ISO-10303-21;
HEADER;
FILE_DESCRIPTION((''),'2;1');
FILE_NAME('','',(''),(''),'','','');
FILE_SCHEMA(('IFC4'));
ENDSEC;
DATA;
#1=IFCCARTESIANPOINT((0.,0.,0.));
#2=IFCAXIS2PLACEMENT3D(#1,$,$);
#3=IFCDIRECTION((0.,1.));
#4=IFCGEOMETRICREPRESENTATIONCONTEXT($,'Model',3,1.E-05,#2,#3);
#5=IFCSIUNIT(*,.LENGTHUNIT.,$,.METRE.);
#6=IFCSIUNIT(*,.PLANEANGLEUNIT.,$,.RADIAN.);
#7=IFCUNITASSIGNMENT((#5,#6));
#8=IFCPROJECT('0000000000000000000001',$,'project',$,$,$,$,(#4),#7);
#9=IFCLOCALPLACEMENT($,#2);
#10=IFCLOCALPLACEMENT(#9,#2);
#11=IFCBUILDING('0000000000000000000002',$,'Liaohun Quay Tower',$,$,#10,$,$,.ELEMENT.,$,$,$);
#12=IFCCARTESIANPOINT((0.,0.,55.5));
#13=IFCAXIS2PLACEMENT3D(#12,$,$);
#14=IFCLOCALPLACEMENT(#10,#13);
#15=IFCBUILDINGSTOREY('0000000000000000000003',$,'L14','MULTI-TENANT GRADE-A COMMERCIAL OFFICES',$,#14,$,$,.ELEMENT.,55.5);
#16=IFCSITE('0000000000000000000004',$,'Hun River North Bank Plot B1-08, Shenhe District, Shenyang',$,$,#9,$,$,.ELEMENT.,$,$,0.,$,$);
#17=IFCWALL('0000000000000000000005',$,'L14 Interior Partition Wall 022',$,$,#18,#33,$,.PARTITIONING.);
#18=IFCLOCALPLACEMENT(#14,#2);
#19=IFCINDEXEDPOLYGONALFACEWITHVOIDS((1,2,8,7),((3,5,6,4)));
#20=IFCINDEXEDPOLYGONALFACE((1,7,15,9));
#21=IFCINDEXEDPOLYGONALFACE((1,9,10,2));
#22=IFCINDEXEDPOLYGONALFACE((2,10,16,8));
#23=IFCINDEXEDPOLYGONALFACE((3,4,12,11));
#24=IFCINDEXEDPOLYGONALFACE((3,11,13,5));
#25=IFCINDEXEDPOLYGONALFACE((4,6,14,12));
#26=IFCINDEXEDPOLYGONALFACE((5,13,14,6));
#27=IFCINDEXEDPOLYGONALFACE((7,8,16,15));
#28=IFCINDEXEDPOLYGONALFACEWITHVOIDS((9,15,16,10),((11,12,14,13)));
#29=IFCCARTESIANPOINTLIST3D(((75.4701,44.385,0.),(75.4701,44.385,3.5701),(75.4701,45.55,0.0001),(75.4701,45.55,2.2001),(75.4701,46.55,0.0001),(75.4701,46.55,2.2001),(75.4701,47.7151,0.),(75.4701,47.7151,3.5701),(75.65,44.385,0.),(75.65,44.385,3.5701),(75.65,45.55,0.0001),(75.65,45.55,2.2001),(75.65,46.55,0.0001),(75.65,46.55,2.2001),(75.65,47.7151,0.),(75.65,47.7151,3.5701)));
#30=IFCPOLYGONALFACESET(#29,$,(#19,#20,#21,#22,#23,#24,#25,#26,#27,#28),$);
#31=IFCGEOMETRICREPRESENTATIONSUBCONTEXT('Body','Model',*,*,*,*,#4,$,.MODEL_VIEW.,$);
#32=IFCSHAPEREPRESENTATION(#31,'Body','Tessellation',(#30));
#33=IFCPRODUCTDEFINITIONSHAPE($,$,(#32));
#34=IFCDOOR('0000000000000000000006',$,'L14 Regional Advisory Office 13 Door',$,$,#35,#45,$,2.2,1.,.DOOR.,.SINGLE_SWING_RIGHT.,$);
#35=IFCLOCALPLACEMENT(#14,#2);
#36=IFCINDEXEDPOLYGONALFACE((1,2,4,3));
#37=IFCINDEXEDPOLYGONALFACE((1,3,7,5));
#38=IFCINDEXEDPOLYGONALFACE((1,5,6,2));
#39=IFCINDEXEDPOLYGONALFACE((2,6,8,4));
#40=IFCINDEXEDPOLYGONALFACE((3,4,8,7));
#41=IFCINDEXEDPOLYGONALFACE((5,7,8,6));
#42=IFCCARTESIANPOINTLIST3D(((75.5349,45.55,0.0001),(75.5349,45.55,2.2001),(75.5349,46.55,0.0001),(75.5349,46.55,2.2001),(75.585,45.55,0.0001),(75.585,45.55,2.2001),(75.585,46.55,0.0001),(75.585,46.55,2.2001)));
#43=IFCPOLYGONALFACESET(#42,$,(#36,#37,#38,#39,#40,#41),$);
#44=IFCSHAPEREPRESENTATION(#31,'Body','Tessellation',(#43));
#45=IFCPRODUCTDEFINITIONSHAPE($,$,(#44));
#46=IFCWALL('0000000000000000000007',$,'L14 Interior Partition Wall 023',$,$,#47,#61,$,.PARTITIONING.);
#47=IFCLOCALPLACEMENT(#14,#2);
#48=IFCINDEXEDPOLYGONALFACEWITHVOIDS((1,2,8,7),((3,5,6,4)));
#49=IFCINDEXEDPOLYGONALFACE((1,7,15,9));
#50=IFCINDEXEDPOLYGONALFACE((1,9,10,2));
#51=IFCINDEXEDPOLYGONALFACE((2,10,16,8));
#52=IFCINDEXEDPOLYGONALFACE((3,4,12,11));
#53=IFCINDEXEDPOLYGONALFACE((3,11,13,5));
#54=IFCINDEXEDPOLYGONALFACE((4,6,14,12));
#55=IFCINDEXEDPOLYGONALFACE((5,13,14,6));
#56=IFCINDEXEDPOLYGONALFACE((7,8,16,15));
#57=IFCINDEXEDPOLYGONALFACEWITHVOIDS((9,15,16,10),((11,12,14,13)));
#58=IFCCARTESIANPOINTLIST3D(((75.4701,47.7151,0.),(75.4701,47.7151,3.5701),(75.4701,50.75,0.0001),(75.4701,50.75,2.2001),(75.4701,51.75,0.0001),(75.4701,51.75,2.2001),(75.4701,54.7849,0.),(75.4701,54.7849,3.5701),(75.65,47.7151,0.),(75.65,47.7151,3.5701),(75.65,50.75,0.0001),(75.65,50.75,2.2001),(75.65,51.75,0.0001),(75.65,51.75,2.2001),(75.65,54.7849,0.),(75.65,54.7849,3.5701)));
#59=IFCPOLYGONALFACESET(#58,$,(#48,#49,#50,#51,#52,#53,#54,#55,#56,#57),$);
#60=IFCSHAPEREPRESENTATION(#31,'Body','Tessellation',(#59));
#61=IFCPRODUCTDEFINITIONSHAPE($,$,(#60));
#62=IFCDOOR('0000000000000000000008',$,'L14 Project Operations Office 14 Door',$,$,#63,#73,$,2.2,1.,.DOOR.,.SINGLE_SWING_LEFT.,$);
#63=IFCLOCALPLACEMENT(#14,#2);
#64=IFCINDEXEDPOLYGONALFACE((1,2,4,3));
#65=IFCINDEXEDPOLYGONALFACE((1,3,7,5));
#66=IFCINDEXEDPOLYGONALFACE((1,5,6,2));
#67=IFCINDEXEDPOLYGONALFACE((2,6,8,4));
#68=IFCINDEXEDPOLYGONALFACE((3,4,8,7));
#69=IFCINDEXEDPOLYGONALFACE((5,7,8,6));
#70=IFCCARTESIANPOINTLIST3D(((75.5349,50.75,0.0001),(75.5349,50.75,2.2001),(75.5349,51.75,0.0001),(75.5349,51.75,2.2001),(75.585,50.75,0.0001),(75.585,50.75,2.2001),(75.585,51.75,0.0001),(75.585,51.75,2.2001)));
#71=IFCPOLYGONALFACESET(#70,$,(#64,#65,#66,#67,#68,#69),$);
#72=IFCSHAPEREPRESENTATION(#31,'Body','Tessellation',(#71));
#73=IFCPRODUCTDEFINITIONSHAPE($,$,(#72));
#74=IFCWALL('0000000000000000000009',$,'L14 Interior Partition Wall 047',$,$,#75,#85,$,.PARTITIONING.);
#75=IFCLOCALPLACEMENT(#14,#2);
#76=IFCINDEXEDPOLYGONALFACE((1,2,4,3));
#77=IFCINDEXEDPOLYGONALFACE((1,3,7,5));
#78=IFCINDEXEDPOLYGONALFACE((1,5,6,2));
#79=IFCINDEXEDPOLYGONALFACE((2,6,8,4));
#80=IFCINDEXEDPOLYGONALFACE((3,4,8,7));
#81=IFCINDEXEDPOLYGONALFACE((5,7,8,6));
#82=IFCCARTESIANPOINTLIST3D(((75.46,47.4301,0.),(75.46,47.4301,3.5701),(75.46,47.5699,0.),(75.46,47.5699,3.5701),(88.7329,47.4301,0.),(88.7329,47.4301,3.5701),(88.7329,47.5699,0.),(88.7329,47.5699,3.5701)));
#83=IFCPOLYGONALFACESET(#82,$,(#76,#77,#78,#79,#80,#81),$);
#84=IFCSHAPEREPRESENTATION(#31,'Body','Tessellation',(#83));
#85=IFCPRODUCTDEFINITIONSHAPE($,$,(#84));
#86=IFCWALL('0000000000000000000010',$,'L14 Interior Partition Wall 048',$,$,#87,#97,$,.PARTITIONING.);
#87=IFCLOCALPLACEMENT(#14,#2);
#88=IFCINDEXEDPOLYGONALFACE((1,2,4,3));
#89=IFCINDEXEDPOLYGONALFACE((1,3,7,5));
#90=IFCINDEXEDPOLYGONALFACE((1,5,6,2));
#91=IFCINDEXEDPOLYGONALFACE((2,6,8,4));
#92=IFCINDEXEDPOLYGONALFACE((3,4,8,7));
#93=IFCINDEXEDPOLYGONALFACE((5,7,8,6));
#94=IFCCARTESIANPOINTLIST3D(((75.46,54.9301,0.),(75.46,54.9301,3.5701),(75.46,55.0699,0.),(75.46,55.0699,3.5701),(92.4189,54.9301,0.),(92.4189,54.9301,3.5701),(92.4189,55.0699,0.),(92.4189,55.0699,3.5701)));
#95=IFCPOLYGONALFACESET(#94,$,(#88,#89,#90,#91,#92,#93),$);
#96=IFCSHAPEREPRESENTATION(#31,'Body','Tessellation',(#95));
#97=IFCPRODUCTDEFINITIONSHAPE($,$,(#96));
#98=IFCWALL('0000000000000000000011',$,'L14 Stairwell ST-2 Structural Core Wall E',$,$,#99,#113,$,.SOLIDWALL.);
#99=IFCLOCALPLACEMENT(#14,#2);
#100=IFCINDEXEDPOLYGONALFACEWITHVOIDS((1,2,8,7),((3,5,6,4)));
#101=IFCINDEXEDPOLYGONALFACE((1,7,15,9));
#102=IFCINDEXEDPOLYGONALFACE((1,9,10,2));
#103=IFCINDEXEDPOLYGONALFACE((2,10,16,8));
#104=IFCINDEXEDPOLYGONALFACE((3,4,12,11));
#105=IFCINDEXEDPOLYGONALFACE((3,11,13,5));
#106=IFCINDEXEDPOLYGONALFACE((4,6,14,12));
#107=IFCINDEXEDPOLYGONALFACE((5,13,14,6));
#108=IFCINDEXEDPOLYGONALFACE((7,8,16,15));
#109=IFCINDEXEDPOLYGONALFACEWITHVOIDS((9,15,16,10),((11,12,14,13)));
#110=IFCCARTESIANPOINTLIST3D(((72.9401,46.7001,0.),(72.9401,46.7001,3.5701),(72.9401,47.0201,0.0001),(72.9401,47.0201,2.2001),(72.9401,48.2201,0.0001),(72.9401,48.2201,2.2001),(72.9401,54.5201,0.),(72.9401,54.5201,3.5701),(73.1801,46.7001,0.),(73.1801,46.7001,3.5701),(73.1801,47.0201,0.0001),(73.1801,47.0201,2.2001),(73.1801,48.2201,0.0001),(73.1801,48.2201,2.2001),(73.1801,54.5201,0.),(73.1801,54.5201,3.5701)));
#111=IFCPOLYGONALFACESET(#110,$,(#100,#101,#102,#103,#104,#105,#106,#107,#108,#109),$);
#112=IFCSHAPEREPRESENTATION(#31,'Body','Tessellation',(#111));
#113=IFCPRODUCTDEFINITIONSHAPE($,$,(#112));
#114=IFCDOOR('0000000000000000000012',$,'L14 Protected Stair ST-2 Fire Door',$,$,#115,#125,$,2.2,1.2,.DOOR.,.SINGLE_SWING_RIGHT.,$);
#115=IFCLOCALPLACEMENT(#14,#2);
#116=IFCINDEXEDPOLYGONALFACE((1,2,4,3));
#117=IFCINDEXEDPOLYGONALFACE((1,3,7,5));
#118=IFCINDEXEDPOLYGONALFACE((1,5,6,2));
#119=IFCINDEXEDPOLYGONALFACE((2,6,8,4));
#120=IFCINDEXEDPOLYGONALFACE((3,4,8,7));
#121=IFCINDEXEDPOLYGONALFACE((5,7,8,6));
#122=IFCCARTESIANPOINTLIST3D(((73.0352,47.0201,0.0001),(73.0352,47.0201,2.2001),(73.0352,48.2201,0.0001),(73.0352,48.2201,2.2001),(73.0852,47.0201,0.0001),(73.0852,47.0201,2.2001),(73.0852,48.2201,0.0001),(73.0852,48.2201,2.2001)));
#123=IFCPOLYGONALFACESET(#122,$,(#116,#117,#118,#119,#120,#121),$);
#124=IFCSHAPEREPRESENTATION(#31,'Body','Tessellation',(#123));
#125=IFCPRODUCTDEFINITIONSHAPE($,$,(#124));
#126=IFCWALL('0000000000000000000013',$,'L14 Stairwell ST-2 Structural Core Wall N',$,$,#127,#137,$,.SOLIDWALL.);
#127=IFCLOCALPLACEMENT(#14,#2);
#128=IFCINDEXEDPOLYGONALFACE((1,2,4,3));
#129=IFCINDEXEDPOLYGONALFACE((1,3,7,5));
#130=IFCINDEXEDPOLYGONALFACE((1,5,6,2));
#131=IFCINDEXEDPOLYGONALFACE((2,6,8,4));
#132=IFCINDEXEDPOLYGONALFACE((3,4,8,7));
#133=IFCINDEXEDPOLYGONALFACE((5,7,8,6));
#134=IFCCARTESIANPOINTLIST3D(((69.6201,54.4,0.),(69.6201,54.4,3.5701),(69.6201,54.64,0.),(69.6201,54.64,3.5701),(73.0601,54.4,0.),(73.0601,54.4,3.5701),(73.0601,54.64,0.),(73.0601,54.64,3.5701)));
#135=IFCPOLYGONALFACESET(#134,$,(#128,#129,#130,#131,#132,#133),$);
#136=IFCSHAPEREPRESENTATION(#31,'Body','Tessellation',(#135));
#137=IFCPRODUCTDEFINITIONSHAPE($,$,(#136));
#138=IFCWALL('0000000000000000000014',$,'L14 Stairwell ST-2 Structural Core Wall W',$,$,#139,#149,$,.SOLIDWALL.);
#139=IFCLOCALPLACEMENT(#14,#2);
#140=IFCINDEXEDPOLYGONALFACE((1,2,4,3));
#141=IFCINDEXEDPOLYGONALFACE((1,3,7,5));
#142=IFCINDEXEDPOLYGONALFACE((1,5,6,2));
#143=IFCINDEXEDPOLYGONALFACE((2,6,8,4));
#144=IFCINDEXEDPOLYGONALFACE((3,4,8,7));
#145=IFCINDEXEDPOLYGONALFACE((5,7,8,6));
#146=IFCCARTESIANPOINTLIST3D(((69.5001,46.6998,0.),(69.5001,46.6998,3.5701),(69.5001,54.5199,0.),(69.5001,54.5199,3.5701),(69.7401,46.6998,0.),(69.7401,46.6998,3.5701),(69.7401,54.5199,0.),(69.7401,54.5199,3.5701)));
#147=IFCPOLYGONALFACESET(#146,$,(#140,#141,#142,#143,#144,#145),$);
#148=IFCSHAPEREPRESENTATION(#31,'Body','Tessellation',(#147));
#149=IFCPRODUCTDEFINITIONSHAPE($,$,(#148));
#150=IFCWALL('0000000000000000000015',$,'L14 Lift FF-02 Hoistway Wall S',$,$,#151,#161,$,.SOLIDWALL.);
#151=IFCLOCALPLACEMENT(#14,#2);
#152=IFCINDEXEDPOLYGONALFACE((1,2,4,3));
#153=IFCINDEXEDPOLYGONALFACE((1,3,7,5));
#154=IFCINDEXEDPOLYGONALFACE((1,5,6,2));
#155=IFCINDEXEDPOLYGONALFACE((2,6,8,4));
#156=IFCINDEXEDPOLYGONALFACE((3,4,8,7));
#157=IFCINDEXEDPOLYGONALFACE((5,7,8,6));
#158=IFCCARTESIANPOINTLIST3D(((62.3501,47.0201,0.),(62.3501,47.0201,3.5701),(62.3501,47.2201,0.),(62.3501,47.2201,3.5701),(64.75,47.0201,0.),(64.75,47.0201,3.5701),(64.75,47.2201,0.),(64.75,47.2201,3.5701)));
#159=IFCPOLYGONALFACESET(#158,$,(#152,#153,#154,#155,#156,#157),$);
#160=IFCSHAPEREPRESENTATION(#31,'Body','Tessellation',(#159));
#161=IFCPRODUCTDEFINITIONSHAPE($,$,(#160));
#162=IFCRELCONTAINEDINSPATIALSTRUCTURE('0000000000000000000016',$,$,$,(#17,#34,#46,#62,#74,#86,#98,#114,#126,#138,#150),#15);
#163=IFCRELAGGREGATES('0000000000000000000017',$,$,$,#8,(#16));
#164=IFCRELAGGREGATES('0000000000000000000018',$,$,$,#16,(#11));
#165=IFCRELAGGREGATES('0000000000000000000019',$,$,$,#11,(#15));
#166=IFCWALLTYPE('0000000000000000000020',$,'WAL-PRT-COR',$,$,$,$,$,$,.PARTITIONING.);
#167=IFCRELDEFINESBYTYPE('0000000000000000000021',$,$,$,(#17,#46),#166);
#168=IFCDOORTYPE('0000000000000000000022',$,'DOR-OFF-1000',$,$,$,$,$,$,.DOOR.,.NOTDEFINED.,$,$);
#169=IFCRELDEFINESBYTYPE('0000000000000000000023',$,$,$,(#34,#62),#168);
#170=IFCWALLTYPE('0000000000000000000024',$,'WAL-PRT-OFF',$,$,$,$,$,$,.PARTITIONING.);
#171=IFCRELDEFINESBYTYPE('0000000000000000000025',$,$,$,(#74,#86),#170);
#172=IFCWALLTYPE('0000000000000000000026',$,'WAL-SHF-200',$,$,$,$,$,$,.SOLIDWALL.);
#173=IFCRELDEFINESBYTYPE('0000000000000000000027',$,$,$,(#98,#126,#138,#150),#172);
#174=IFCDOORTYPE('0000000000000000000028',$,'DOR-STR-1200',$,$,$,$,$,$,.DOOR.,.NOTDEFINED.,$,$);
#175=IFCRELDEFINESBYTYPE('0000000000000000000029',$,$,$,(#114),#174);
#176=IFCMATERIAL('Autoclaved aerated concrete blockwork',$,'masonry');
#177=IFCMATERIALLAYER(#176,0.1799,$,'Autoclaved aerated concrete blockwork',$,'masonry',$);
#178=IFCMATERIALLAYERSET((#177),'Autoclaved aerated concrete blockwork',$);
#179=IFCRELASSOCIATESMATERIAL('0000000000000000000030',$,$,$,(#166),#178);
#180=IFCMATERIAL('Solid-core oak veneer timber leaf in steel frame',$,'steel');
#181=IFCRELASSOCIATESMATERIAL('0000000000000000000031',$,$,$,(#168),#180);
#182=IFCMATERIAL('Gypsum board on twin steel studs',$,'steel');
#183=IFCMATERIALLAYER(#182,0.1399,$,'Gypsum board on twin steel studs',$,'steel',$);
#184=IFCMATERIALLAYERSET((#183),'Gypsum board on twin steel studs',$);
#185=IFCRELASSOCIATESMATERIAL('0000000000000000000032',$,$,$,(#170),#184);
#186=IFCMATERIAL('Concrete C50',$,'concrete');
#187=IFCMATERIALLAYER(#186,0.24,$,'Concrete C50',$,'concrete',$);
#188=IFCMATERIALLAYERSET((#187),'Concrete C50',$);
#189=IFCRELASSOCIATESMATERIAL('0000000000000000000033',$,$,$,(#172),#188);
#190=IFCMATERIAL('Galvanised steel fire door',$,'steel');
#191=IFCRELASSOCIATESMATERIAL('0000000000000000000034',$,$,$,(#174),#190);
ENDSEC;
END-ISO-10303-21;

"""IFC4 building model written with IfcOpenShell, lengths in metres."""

from ifc_helpers import new_model, si_unit, direction, frame, frame_2d, origin, place, context, subcontext, project, spatial, rectangle, extrude, source, transform, mapped, material, layer, layer_set, type_object, element, fill, save


model = new_model("IFC4")

# Units and contexts
model_context = context("Model", 3, precision=1e-05, world=origin(), true_north=direction((0.0, 1.0)))
body_context = subcontext(model_context, "Body", "Model", "MODEL_VIEW")
ifc_project = project(units=[si_unit("LENGTHUNIT", "METRE"), si_unit("PLANEANGLEUNIT", "RADIAN")], contexts=[model_context])

# Site, building, storey
site_placement = place(None, origin())
site = spatial("IfcSite", under=ifc_project, at=site_placement, Name="Hun River North Bank Plot B1-08, Shenhe District, Shenyang", CompositionType="ELEMENT", RefElevation=0.0)
building_placement = place(site_placement, origin())
building = spatial("IfcBuilding", under=site, at=building_placement, Name="Liaohun Quay Tower", CompositionType="ELEMENT")
storey_placement = place(building_placement, frame((0.0, 0.0, 55.5)))
storey = spatial("IfcBuildingStorey", under=building, at=storey_placement, Name="L14", Description="MULTI-TENANT GRADE-A COMMERCIAL OFFICES", CompositionType="ELEMENT", Elevation=55.5)

# Walls, openings, doors
ifc_material_1 = material(Name="Autoclaved aerated concrete blockwork", Category="masonry")
ifc_layer_1 = layer(ifc_material_1, 0.1799, Name="Autoclaved aerated concrete blockwork", Category="masonry")
ifc_layer_set_1 = layer_set([ifc_layer_1], Name="Autoclaved aerated concrete blockwork")
wall_type_1 = type_object("IfcWallType", Name="WAL-PRT-COR", PredefinedType="PARTITIONING", material=ifc_layer_set_1)
wall_1_placement = place(storey_placement, frame((75.5601, 47.7151, 0.0), z_axis=(0.0, 0.0, 1.0), x_axis=(0.0, -1.0, 0.0)))
wall_1 = element("IfcWall", 1, at=wall_1_placement, inside=storey, type_object=wall_type_1, Name="L14 Interior Partition Wall 022", PredefinedType="PARTITIONING", context=body_context, shape_type="SweptSolid", body=[
    extrude(rectangle(XDim=3.3301, YDim=0.1799, at=frame_2d((1.665, 0.0))), origin(), (0.0, 0.0, 1.0), 3.5701),
])
shared_shape_1 = source(origin(), body_context, "Body", "SweptSolid", [
    extrude(rectangle(XDim=1.0, YDim=2.2, at=frame_2d((0.5, 1.1001))), frame((0.0, 0.0999, 0.0), z_axis=(0.0, -1.0, 0.0), x_axis=(1.0, 0.0, 0.0)), (0.0, 0.0, 1.0), 0.2),
])
opening_1_placement = place(wall_1_placement, frame((1.165, 0.0, 0.0)))
opening_1 = element("IfcOpeningElement", 2, at=opening_1_placement, cuts=wall_1, PredefinedType="OPENING", context=body_context, shape_type="MappedRepresentation", body=[
    mapped(shared_shape_1, transform((0.0, 0.0, 0.0), x_axis=(1.0, 0.0, 0.0), y_axis=(0.0, 1.0, 0.0), z_axis=(0.0, 0.0, 1.0), scale=1.0)),
])
ifc_material_2 = material(Name="Solid-core oak veneer timber leaf in steel frame", Category="steel")
door_type_1 = type_object("IfcDoorType", Name="DOR-OFF-1000", OperationType="NOTDEFINED", PredefinedType="DOOR", material=ifc_material_2)
shared_shape_2 = source(origin(), body_context, "Body", "SweptSolid", [
    extrude(rectangle(XDim=1.0, YDim=2.2, at=frame_2d((0.5, 1.1001))), frame((0.0, 0.0249, 0.0), z_axis=(0.0, -1.0, 0.0), x_axis=(1.0, 0.0, 0.0)), (0.0, 0.0, 1.0), 0.05),
])
door_1_placement = place(opening_1_placement, origin())
door_1 = element("IfcDoor", 3, at=door_1_placement, inside=storey, type_object=door_type_1, Name="L14 Regional Advisory Office 13 Door", OperationType="SINGLE_SWING_RIGHT", OverallHeight=2.2, OverallWidth=1.0, PredefinedType="DOOR", context=body_context, shape_type="MappedRepresentation", body=[
    mapped(shared_shape_2, transform((0.0, 0.0, 0.0), x_axis=(1.0, 0.0, 0.0), y_axis=(0.0, 1.0, 0.0), z_axis=(0.0, 0.0, 1.0), scale=1.0)),
])
fill(opening_1, door_1)
wall_2_placement = place(storey_placement, frame((75.5601, 54.7849, 0.0), z_axis=(0.0, 0.0, 1.0), x_axis=(0.0, -1.0, 0.0)))
wall_2 = element("IfcWall", 4, at=wall_2_placement, inside=storey, type_object=wall_type_1, Name="L14 Interior Partition Wall 023", PredefinedType="PARTITIONING", context=body_context, shape_type="SweptSolid", body=[
    extrude(rectangle(XDim=7.0698, YDim=0.1799, at=frame_2d((3.5349, 0.0))), origin(), (0.0, 0.0, 1.0), 3.5701),
])
opening_2_placement = place(wall_2_placement, frame((3.0349, 0.0, 0.0)))
opening_2 = element("IfcOpeningElement", 5, at=opening_2_placement, cuts=wall_2, PredefinedType="OPENING", context=body_context, shape_type="MappedRepresentation", body=[
    mapped(shared_shape_1, transform((0.0, 0.0, 0.0), x_axis=(1.0, 0.0, 0.0), y_axis=(0.0, 1.0, 0.0), z_axis=(0.0, 0.0, 1.0), scale=1.0)),
])
door_2_placement = place(opening_2_placement, origin())
door_2 = element("IfcDoor", 6, at=door_2_placement, inside=storey, type_object=door_type_1, Name="L14 Project Operations Office 14 Door", OperationType="SINGLE_SWING_LEFT", OverallHeight=2.2, OverallWidth=1.0, PredefinedType="DOOR", context=body_context, shape_type="MappedRepresentation", body=[
    mapped(shared_shape_2, transform((0.0, 0.0, 0.0), x_axis=(1.0, 0.0, 0.0), y_axis=(0.0, 1.0, 0.0), z_axis=(0.0, 0.0, 1.0), scale=1.0)),
])
fill(opening_2, door_2)

# Walls
ifc_material_3 = material(Name="Gypsum board on twin steel studs", Category="steel")
ifc_layer_2 = layer(ifc_material_3, 0.1399, Name="Gypsum board on twin steel studs", Category="steel")
ifc_layer_set_2 = layer_set([ifc_layer_2], Name="Gypsum board on twin steel studs")
wall_type_2 = type_object("IfcWallType", Name="WAL-PRT-OFF", PredefinedType="PARTITIONING", material=ifc_layer_set_2)
wall_3_placement = place(storey_placement, frame((75.46, 47.5, 0.0), z_axis=(0.0, 0.0, 1.0), x_axis=(1.0, 0.0, 0.0)))
element("IfcWall", 7, at=wall_3_placement, inside=storey, type_object=wall_type_2, Name="L14 Interior Partition Wall 047", PredefinedType="PARTITIONING", context=body_context, shape_type="SweptSolid", body=[
    extrude(rectangle(XDim=13.2729, YDim=0.1399, at=frame_2d((6.6365, 0.0))), origin(), (0.0, 0.0, 1.0), 3.5701),
])
wall_4_placement = place(storey_placement, frame((75.46, 55.0, 0.0), z_axis=(0.0, 0.0, 1.0), x_axis=(1.0, 0.0, 0.0)))
element("IfcWall", 8, at=wall_4_placement, inside=storey, type_object=wall_type_2, Name="L14 Interior Partition Wall 048", PredefinedType="PARTITIONING", context=body_context, shape_type="SweptSolid", body=[
    extrude(rectangle(XDim=16.959, YDim=0.1399, at=frame_2d((8.4795, 0.0))), origin(), (0.0, 0.0, 1.0), 3.5701),
])

# Wall, opening, door
ifc_material_4 = material(Name="Concrete C50", Category="concrete")
ifc_layer_3 = layer(ifc_material_4, 0.24, Name="Concrete C50", Category="concrete")
ifc_layer_set_3 = layer_set([ifc_layer_3], Name="Concrete C50")
wall_type_3 = type_object("IfcWallType", Name="WAL-SHF-200", PredefinedType="SOLIDWALL", material=ifc_layer_set_3)
wall_5_placement = place(storey_placement, frame((73.0601, 46.7, 0.0), z_axis=(0.0, 0.0, 1.0), x_axis=(0.0, 1.0, 0.0)))
wall_5 = element("IfcWall", 9, at=wall_5_placement, inside=storey, type_object=wall_type_3, Name="L14 Stairwell ST-2 Structural Core Wall E", PredefinedType="SOLIDWALL", context=body_context, shape_type="SweptSolid", body=[
    extrude(rectangle(XDim=7.8201, YDim=0.24, at=frame_2d((3.9102, 0.0))), origin(), (0.0, 0.0, 1.0), 3.5701),
])
shared_shape_3 = source(origin(), body_context, "Body", "SweptSolid", [
    extrude(rectangle(XDim=1.2, YDim=2.2, at=frame_2d((0.6001, 1.1001))), frame((0.0, 0.1299, 0.0), z_axis=(0.0, -1.0, 0.0), x_axis=(1.0, 0.0, 0.0)), (0.0, 0.0, 1.0), 0.26),
])
opening_3_placement = place(wall_5_placement, frame((0.3201, 0.0, 0.0)))
opening_3 = element("IfcOpeningElement", 10, at=opening_3_placement, cuts=wall_5, PredefinedType="OPENING", context=body_context, shape_type="MappedRepresentation", body=[
    mapped(shared_shape_3, transform((0.0, 0.0, 0.0), x_axis=(1.0, 0.0, 0.0), y_axis=(0.0, 1.0, 0.0), z_axis=(0.0, 0.0, 1.0), scale=1.0)),
])
ifc_material_5 = material(Name="Galvanised steel fire door", Category="steel")
door_type_2 = type_object("IfcDoorType", Name="DOR-STR-1200", OperationType="NOTDEFINED", PredefinedType="DOOR", material=ifc_material_5)
shared_shape_4 = source(origin(), body_context, "Body", "SweptSolid", [
    extrude(rectangle(XDim=1.2, YDim=2.2, at=frame_2d((0.6001, 1.1001))), frame((0.0, 0.0249, 0.0), z_axis=(0.0, -1.0, 0.0), x_axis=(1.0, 0.0, 0.0)), (0.0, 0.0, 1.0), 0.05),
])
door_3_placement = place(opening_3_placement, origin())
door_3 = element("IfcDoor", 11, at=door_3_placement, inside=storey, type_object=door_type_2, Name="L14 Protected Stair ST-2 Fire Door", OperationType="SINGLE_SWING_RIGHT", OverallHeight=2.2, OverallWidth=1.2, PredefinedType="DOOR", context=body_context, shape_type="MappedRepresentation", body=[
    mapped(shared_shape_4, transform((0.0, 0.0, 0.0), x_axis=(1.0, 0.0, 0.0), y_axis=(0.0, 1.0, 0.0), z_axis=(0.0, 0.0, 1.0), scale=1.0)),
])
fill(opening_3, door_3)

# Walls
wall_6_placement = place(storey_placement, frame((73.0601, 54.52, 0.0), z_axis=(0.0, 0.0, 1.0), x_axis=(-1.0, 0.0, 0.0)))
element("IfcWall", 12, at=wall_6_placement, inside=storey, type_object=wall_type_3, Name="L14 Stairwell ST-2 Structural Core Wall N", PredefinedType="SOLIDWALL", context=body_context, shape_type="SweptSolid", body=[
    extrude(rectangle(XDim=3.4399, YDim=0.24, at=frame_2d((1.72, 0.0))), origin(), (0.0, 0.0, 1.0), 3.5701),
])
wall_7_placement = place(storey_placement, frame((69.6201, 54.52, 0.0), z_axis=(0.0, 0.0, 1.0), x_axis=(0.0, -1.0, 0.0)))
element("IfcWall", 13, at=wall_7_placement, inside=storey, type_object=wall_type_3, Name="L14 Stairwell ST-2 Structural Core Wall W", PredefinedType="SOLIDWALL", context=body_context, shape_type="SweptSolid", body=[
    extrude(rectangle(XDim=7.8201, YDim=0.24, at=frame_2d((3.9102, 0.0))), origin(), (0.0, 0.0, 1.0), 3.5701),
])
wall_8_placement = place(storey_placement, frame((62.3501, 47.1201, 0.0), z_axis=(0.0, 0.0, 1.0), x_axis=(1.0, 0.0, 0.0)))
element("IfcWall", 14, at=wall_8_placement, inside=storey, type_object=wall_type_3, Name="L14 Lift FF-02 Hoistway Wall S", PredefinedType="SOLIDWALL", context=body_context, shape_type="SweptSolid", body=[
    extrude(rectangle(XDim=2.3999, YDim=0.2, at=frame_2d((1.2, 0.0))), origin(), (0.0, 0.0, 1.0), 3.5701),
])

save(model, "model.ifc")
